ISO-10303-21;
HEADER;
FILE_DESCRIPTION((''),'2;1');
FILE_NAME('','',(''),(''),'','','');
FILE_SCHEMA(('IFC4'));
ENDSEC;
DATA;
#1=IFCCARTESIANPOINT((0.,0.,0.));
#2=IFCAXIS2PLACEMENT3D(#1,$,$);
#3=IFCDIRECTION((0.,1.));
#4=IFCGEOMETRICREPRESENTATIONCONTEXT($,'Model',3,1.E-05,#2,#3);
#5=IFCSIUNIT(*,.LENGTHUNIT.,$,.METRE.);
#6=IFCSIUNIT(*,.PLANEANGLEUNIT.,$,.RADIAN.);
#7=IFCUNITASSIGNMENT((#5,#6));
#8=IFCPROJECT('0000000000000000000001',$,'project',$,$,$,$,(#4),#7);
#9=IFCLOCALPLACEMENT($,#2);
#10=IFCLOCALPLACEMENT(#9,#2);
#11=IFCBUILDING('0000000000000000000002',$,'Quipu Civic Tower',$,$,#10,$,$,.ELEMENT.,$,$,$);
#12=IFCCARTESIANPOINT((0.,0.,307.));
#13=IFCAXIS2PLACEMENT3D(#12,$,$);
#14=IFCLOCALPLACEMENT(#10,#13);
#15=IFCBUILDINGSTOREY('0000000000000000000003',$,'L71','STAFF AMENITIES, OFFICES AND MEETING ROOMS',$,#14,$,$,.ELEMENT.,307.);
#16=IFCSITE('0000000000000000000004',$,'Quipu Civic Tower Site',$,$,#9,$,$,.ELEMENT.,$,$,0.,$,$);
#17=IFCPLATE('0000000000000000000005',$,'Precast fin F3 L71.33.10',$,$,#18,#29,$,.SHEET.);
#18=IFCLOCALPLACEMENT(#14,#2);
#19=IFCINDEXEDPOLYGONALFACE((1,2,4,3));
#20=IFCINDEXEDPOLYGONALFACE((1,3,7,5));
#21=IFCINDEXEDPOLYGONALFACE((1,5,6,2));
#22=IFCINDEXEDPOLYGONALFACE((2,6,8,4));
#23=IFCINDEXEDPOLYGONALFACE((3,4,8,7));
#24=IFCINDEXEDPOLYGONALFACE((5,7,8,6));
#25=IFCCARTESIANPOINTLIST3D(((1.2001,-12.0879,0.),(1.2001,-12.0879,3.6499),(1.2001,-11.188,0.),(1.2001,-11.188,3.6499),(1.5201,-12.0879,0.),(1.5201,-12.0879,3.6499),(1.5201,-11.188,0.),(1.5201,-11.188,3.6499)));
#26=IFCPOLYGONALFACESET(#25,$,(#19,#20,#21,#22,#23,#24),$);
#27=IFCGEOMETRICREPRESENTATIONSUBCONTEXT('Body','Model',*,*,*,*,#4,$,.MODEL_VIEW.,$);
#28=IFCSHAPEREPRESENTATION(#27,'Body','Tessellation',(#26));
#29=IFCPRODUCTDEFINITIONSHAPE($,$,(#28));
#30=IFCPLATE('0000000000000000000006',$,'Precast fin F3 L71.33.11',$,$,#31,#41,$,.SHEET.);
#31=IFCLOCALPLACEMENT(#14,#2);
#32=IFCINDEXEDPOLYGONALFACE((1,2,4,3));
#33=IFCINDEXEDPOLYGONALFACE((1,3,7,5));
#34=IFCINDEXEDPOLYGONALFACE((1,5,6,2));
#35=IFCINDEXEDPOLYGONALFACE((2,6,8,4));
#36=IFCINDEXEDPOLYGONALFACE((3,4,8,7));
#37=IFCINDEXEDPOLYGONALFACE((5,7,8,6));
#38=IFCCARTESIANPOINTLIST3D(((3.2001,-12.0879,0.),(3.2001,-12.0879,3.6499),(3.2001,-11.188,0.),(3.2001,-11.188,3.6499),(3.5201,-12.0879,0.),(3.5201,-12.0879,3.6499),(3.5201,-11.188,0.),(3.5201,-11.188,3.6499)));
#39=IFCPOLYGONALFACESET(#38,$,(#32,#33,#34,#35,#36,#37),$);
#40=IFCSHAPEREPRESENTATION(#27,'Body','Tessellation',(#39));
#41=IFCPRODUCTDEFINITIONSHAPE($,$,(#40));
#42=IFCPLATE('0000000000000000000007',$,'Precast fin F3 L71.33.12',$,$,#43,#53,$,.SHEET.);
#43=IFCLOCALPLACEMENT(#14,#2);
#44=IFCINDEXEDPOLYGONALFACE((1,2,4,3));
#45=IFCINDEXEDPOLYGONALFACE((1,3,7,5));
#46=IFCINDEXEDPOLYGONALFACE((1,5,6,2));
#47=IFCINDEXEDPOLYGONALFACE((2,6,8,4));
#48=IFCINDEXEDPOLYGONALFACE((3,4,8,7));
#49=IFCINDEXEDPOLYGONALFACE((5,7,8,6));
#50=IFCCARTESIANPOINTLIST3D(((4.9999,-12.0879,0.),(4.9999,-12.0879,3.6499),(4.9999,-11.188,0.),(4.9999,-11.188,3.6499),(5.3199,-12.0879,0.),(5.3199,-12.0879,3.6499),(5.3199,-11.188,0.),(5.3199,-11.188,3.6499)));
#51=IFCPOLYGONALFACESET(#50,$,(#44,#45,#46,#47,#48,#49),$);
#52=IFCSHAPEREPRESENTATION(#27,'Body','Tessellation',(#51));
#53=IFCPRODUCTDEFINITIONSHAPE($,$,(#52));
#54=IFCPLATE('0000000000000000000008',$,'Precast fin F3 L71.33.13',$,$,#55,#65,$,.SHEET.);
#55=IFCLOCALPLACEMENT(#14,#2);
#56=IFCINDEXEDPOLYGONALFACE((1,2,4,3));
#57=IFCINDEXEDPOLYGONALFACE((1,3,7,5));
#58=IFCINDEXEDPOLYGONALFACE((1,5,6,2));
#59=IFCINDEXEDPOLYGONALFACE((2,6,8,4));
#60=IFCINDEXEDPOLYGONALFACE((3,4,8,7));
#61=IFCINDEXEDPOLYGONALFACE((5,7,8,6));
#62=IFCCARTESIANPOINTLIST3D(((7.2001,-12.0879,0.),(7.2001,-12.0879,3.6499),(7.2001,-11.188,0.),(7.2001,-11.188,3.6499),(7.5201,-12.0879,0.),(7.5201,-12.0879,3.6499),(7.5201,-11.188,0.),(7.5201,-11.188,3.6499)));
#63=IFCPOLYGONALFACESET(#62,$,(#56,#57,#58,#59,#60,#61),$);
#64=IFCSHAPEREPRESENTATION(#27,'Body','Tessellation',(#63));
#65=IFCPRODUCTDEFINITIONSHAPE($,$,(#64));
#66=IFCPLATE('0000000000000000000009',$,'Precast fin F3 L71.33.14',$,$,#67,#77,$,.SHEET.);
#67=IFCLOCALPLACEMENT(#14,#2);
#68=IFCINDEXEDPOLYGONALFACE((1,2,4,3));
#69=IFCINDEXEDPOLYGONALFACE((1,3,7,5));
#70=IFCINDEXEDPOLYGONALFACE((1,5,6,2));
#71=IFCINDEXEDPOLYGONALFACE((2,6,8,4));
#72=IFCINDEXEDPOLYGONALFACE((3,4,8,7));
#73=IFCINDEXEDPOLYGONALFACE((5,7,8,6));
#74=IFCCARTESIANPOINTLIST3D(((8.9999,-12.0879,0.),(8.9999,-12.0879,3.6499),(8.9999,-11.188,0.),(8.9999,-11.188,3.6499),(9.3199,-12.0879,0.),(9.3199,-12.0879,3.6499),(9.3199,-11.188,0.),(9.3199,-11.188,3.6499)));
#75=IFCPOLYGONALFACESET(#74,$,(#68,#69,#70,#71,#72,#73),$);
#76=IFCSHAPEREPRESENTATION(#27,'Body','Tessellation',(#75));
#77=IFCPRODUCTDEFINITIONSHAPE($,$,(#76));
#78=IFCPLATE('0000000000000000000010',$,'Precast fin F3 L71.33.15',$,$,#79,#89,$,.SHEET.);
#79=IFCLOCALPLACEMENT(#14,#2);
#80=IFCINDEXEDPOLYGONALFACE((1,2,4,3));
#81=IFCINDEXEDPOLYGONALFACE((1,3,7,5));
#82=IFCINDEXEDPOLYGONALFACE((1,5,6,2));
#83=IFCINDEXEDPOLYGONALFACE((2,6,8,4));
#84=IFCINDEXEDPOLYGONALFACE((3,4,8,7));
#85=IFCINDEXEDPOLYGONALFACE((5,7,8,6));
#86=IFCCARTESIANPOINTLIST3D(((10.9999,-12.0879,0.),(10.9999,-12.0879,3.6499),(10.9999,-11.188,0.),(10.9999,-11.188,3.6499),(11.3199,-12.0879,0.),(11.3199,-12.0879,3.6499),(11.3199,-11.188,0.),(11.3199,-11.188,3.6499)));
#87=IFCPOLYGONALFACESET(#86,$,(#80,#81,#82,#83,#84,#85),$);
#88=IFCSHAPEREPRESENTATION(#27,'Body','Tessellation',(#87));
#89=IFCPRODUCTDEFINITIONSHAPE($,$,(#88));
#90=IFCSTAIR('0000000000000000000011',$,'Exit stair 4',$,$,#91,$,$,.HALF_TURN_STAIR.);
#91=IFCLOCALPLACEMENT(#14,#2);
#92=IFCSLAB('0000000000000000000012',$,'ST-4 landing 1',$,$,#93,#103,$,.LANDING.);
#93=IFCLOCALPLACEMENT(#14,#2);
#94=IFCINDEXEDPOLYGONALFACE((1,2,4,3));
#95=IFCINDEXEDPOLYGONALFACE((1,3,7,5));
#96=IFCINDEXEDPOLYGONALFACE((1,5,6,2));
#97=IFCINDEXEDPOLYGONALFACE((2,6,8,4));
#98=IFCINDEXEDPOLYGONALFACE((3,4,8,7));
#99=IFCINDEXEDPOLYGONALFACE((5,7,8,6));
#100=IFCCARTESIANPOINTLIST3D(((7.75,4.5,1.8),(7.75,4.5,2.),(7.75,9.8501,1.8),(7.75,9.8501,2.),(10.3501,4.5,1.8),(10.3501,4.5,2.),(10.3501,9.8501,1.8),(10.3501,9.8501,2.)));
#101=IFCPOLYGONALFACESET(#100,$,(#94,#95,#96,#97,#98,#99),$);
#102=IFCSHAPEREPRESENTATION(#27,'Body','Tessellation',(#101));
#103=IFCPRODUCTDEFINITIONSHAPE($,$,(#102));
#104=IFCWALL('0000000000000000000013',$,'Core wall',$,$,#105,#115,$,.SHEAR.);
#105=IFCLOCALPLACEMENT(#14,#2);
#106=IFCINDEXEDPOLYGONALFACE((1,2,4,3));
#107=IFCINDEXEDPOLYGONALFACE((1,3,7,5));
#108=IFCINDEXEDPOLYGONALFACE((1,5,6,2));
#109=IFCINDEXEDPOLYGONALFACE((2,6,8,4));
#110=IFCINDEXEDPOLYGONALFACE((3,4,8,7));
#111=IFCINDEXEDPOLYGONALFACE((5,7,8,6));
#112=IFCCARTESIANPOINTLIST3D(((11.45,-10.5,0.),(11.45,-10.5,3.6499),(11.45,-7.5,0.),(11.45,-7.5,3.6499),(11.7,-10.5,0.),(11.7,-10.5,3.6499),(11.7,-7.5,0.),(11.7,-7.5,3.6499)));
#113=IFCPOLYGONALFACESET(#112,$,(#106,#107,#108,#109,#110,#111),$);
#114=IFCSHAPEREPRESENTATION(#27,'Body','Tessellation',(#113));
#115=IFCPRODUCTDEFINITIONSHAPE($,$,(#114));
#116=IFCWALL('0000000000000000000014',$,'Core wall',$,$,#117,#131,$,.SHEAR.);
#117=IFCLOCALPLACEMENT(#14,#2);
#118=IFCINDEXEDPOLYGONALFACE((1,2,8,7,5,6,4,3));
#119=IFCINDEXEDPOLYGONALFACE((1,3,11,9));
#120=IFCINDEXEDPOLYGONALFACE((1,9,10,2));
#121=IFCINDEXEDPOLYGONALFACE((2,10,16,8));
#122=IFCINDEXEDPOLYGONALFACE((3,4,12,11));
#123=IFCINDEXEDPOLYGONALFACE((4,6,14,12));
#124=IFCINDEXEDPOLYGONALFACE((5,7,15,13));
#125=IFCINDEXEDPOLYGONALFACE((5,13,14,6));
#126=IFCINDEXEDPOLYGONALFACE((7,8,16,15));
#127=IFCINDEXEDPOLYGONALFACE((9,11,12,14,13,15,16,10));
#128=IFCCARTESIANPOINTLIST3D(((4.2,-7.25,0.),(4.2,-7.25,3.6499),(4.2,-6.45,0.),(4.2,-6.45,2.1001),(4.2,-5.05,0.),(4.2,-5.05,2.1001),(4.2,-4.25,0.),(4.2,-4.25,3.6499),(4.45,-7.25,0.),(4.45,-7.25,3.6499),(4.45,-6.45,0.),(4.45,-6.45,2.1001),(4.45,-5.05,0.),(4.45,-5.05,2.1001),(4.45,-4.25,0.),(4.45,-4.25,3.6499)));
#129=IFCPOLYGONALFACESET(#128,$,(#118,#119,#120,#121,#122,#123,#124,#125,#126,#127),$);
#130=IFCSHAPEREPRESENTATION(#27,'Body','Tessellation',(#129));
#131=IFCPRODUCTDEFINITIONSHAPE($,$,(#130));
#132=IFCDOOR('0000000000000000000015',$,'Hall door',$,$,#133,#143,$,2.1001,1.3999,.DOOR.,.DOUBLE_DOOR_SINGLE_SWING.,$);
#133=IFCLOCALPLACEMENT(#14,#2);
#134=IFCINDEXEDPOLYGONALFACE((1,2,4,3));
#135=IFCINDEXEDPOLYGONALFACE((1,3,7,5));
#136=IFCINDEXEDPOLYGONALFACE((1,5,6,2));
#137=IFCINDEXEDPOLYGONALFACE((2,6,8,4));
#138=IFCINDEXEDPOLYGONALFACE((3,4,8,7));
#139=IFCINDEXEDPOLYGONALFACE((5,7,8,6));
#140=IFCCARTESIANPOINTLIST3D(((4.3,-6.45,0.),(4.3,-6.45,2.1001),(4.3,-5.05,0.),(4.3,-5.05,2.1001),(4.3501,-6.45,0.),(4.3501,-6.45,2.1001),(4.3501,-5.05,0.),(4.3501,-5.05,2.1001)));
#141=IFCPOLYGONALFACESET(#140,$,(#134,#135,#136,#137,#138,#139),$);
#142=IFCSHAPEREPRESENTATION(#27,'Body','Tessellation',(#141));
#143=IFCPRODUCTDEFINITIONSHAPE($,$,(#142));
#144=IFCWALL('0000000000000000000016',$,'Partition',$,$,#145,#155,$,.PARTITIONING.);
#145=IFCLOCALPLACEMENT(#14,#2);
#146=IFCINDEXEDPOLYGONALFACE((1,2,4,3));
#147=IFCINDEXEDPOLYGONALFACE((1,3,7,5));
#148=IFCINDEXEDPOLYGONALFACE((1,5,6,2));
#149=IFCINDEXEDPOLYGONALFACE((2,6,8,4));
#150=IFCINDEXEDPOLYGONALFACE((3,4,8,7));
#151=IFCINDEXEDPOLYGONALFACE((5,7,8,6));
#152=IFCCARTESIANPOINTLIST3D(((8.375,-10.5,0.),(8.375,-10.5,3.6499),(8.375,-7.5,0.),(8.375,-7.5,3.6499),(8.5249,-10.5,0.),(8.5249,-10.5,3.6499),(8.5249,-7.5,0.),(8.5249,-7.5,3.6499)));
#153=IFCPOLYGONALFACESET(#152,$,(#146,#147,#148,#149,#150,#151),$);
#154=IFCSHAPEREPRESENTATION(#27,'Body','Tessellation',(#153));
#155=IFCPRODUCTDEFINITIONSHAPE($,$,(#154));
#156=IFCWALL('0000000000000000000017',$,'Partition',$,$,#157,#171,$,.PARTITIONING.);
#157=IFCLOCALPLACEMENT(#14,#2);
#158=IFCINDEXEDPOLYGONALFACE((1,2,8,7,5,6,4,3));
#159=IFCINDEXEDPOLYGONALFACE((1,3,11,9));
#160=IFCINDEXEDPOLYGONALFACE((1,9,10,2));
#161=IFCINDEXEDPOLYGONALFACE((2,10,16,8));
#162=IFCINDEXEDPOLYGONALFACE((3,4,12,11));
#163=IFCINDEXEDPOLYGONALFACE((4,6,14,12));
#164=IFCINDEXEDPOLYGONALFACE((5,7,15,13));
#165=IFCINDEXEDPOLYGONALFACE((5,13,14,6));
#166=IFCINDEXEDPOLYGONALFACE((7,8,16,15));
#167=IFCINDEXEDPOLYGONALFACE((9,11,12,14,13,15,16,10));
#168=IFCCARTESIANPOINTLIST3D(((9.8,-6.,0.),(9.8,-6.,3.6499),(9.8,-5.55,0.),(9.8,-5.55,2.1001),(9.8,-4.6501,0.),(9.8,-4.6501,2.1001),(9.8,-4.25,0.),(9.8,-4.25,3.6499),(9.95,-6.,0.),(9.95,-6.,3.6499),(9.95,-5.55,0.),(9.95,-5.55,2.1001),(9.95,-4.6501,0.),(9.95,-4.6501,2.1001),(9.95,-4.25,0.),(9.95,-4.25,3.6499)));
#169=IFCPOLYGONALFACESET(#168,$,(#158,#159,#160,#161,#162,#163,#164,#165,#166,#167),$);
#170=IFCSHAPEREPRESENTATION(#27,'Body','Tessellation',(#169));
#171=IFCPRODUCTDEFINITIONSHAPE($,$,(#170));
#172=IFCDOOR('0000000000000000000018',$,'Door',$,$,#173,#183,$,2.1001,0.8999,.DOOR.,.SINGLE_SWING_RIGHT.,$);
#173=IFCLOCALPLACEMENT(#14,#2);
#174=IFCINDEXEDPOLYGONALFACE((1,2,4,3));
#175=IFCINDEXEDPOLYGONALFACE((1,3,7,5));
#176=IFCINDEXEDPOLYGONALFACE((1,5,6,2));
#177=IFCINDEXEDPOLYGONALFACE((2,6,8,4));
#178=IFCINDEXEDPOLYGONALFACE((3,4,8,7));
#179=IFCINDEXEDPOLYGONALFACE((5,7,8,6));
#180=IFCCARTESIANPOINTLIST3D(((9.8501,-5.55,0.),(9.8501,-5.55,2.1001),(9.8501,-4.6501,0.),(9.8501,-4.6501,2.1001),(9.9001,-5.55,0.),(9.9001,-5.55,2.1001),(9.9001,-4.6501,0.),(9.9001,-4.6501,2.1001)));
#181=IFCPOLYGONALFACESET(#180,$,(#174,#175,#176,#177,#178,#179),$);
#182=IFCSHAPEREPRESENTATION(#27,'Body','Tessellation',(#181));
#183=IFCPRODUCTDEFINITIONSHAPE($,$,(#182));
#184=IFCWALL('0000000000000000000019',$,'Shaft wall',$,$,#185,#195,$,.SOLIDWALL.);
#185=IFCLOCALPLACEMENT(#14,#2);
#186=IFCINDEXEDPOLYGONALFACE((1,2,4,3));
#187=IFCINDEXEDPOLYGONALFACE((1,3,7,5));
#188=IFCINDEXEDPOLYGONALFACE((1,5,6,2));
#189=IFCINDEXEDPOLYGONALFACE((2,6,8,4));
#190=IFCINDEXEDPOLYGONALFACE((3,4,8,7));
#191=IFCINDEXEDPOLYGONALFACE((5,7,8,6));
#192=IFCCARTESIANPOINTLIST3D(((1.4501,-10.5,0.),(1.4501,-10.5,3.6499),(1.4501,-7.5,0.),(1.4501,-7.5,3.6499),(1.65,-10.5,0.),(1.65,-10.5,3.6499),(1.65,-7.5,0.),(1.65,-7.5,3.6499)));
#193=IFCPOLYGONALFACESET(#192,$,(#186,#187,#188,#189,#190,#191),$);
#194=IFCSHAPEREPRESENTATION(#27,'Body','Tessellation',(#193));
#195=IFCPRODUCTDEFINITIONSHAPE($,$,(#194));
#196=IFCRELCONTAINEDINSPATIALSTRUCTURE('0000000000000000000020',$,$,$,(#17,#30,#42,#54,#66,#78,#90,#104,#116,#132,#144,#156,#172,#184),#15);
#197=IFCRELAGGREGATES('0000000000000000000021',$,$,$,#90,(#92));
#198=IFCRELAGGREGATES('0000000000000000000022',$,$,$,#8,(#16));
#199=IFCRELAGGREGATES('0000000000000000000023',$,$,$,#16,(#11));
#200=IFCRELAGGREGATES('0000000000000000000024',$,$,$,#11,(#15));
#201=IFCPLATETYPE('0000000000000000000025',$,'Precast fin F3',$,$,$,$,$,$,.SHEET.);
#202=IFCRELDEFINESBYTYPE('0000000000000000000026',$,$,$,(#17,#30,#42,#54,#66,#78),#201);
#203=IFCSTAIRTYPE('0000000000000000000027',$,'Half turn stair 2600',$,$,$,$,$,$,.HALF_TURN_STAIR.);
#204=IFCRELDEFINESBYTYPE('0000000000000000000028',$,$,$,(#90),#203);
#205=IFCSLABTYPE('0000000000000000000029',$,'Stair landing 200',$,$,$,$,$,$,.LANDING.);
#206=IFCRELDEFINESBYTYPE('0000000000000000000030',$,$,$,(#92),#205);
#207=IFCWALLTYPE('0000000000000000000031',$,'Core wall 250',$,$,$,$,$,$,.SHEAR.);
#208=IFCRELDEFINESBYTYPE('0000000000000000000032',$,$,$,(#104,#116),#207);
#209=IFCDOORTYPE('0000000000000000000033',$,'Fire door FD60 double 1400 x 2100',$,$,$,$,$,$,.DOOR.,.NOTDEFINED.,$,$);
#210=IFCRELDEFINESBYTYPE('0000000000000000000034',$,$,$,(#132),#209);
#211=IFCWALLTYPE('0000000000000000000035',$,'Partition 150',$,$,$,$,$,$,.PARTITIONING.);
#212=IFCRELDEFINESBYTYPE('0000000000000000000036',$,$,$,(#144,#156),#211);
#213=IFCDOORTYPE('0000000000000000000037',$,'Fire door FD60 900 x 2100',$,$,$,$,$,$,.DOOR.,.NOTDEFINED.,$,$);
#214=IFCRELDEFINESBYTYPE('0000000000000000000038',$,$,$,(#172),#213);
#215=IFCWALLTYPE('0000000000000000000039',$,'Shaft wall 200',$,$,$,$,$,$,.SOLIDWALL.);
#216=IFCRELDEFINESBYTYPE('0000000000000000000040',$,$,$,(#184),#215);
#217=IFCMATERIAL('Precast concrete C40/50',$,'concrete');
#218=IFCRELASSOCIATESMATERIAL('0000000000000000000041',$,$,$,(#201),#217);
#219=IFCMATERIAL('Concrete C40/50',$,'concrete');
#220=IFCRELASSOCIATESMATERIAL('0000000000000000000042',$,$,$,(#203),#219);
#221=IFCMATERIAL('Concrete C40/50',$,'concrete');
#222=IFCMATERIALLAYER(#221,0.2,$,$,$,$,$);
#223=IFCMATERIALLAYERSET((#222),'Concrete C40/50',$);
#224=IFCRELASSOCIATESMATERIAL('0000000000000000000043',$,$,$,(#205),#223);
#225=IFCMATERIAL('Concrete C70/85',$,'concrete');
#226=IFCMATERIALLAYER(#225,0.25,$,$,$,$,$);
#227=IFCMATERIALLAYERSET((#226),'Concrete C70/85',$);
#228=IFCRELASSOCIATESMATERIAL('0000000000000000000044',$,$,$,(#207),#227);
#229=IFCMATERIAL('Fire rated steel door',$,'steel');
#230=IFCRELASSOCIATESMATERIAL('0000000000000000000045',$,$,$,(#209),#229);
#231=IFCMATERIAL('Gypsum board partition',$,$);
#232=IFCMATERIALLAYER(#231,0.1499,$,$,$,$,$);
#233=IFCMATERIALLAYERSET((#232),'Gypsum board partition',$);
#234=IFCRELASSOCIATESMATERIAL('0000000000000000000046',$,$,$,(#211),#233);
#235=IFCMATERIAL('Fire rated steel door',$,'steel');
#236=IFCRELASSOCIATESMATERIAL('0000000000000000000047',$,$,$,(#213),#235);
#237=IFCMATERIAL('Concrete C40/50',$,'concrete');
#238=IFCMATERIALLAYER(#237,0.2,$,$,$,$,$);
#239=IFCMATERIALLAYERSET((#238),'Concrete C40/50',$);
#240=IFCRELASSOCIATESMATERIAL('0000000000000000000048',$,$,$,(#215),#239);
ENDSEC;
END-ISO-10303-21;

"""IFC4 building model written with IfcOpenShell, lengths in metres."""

from ifc_helpers import new_model, si_unit, direction, frame, frame_2d, origin, origin_2d, place, context, subcontext, project, spatial, polyline, rectangle, outline, extrude, material, layer, layer_set, type_object, element, fill, aggregate, save


model = new_model("IFC4")

# Units and contexts
model_context = context("Model", 3, precision=1e-05, world=origin(), true_north=direction((0.0, 1.0)))
body_context = subcontext(model_context, "Body", "Model", "MODEL_VIEW")
ifc_project = project(units=[si_unit("LENGTHUNIT", "METRE"), si_unit("PLANEANGLEUNIT", "RADIAN")], contexts=[model_context])

# Site, building, storey
site_placement = place(None, origin())
site = spatial("IfcSite", under=ifc_project, at=site_placement, Name="Quipu Civic Tower Site", CompositionType="ELEMENT", RefElevation=0.0)
building_placement = place(site_placement, origin())
building = spatial("IfcBuilding", under=site, at=building_placement, Name="Quipu Civic Tower", CompositionType="ELEMENT")
storey_placement = place(building_placement, frame((0.0, 0.0, 307.0)))
storey = spatial("IfcBuildingStorey", under=building, at=storey_placement, Name="L71", Description="STAFF AMENITIES, OFFICES AND MEETING ROOMS", CompositionType="ELEMENT", Elevation=307.0)

# Plates
ifc_material_1 = material(Name="Precast concrete C40/50", Category="concrete")
plate_type = type_object("IfcPlateType", Name="Precast fin F3", PredefinedType="SHEET", material=ifc_material_1)
for number, where, z_axis, x_axis, name in (
    (1, (1.3601, -11.6379, 0.0), (0.0, 0.0, 1.0), (1.0, 0.0, 0.0), "Precast fin F3 L71.33.10"),
    (2, (3.3601, -11.6379, 0.0), (0.0, 0.0, 1.0), (1.0, 0.0, 0.0), "Precast fin F3 L71.33.11"),
    (3, (5.1599, -11.6379, 0.0), (0.0, 0.0, 1.0), (1.0, 0.0, 0.0), "Precast fin F3 L71.33.12"),
    (4, (7.3601, -11.6379, 0.0), (0.0, 0.0, 1.0), (1.0, 0.0, 0.0), "Precast fin F3 L71.33.13"),
    (5, (9.1599, -11.6379, 0.0), (0.0, 0.0, 1.0), (1.0, 0.0, 0.0), "Precast fin F3 L71.33.14"),
    (6, (11.1599, -11.6379, 0.0), (0.0, 0.0, 1.0), (1.0, 0.0, 0.0), "Precast fin F3 L71.33.15"),
):
    element("IfcPlate", number, at=place(storey_placement, frame(where, z_axis=z_axis, x_axis=x_axis)), inside=storey, type_object=plate_type, Name=name, PredefinedType="SHEET", context=body_context, shape_type="SweptSolid", body=[
        extrude(rectangle(XDim=0.3201, YDim=0.8999, at=origin_2d()), origin(), (0.0, 0.0, 1.0), 3.6499),
    ])

# Stair, slab
ifc_material_2 = material(Name="Concrete C40/50", Category="concrete")
stair_type = type_object("IfcStairType", Name="Half turn stair 2600", PredefinedType="HALF_TURN_STAIR", material=ifc_material_2)
stair_placement = place(storey_placement, origin())
stair = element("IfcStair", 7, at=stair_placement, inside=storey, type_object=stair_type, Name="Exit stair 4", PredefinedType="HALF_TURN_STAIR")
ifc_material_3 = material(Name="Concrete C40/50", Category="concrete")
ifc_layer_1 = layer(ifc_material_3, 0.2)
ifc_layer_set_1 = layer_set([ifc_layer_1], Name="Concrete C40/50")
slab_type = type_object("IfcSlabType", Name="Stair landing 200", PredefinedType="LANDING", material=ifc_layer_set_1)
slab_placement = place(storey_placement, frame((0.0, 0.0, 1.8)))
slab = element("IfcSlab", 8, at=slab_placement, type_object=slab_type, Name="ST-4 landing 1", PredefinedType="LANDING", context=body_context, shape_type="SweptSolid", body=[
    extrude(outline(polyline([(10.3501, 9.8501), (7.75, 9.8501), (7.75, 4.5), (10.3501, 4.5), (10.3501, 9.8501)])), origin(), (0.0, 0.0, 1.0), 0.2),
])
aggregate(stair, [slab])

# Wall
ifc_material_4 = material(Name="Concrete C70/85", Category="concrete")
ifc_layer_2 = layer(ifc_material_4, 0.25)
ifc_layer_set_2 = layer_set([ifc_layer_2], Name="Concrete C70/85")
wall_type_1 = type_object("IfcWallType", Name="Core wall 250", PredefinedType="SHEAR", material=ifc_layer_set_2)
wall_1_placement = place(storey_placement, frame((11.575, -10.5, 0.0), z_axis=(0.0, 0.0, 1.0), x_axis=(0.0, 1.0, 0.0)))
element("IfcWall", 9, at=wall_1_placement, inside=storey, type_object=wall_type_1, Name="Core wall", PredefinedType="SHEAR", context=body_context, shape_type="SweptSolid", body=[
    extrude(rectangle(XDim=3.0, YDim=0.25, at=frame_2d((1.5, 0.0))), origin(), (0.0, 0.0, 1.0), 3.6499),
])

# Wall, opening, door
wall_2_placement = place(storey_placement, frame((4.325, -7.25, 0.0), z_axis=(0.0, 0.0, 1.0), x_axis=(0.0, 1.0, 0.0)))
wall_2 = element("IfcWall", 10, at=wall_2_placement, inside=storey, type_object=wall_type_1, Name="Core wall", PredefinedType="SHEAR", context=body_context, shape_type="SweptSolid", body=[
    extrude(rectangle(XDim=3.0, YDim=0.25, at=frame_2d((1.5, 0.0))), origin(), (0.0, 0.0, 1.0), 3.6499),
])
opening_1_placement = place(wall_2_placement, frame((0.8, 0.0, 0.0)))
opening_1 = element("IfcOpeningElement", 11, at=opening_1_placement, cuts=wall_2, PredefinedType="OPENING", context=body_context, shape_type="SweptSolid", body=[
    extrude(rectangle(XDim=1.3999, YDim=2.1001, at=frame_2d((0.7, 1.05))), frame((0.0, 0.135, 0.0), z_axis=(0.0, -1.0, 0.0), x_axis=(1.0, 0.0, 0.0)), (0.0, 0.0, 1.0), 0.27),
])
ifc_material_5 = material(Name="Fire rated steel door", Category="steel")
door_type_1 = type_object("IfcDoorType", Name="Fire door FD60 double 1400 x 2100", OperationType="NOTDEFINED", PredefinedType="DOOR", material=ifc_material_5)
door_1_placement = place(opening_1_placement, origin())
door_1 = element("IfcDoor", 12, at=door_1_placement, inside=storey, type_object=door_type_1, Name="Hall door", OperationType="DOUBLE_DOOR_SINGLE_SWING", OverallHeight=2.1001, OverallWidth=1.3999, PredefinedType="DOOR", context=body_context, shape_type="SweptSolid", body=[
    extrude(rectangle(XDim=1.3999, YDim=2.1001, at=frame_2d((0.7, 1.05))), frame((0.0, 0.0249, 0.0), z_axis=(0.0, -1.0, 0.0), x_axis=(1.0, 0.0, 0.0)), (0.0, 0.0, 1.0), 0.05),
])
fill(opening_1, door_1)

# Wall
ifc_material_6 = material(Name="Gypsum board partition")
ifc_layer_3 = layer(ifc_material_6, 0.1499)
ifc_layer_set_3 = layer_set([ifc_layer_3], Name="Gypsum board partition")
wall_type_2 = type_object("IfcWallType", Name="Partition 150", PredefinedType="PARTITIONING", material=ifc_layer_set_3)
wall_3_placement = place(storey_placement, frame((8.45, -10.5, 0.0), z_axis=(0.0, 0.0, 1.0), x_axis=(0.0, 1.0, 0.0)))
element("IfcWall", 13, at=wall_3_placement, inside=storey, type_object=wall_type_2, Name="Partition", PredefinedType="PARTITIONING", context=body_context, shape_type="SweptSolid", body=[
    extrude(rectangle(XDim=3.0, YDim=0.1499, at=frame_2d((1.5, 0.0))), origin(), (0.0, 0.0, 1.0), 3.6499),
])

# Wall, opening, door
wall_4_placement = place(storey_placement, frame((9.875, -6.0, 0.0), z_axis=(0.0, 0.0, 1.0), x_axis=(0.0, 1.0, 0.0)))
wall_4 = element("IfcWall", 14, at=wall_4_placement, inside=storey, type_object=wall_type_2, Name="Partition", PredefinedType="PARTITIONING", context=body_context, shape_type="SweptSolid", body=[
    extrude(rectangle(XDim=1.75, YDim=0.1499, at=frame_2d((0.875, 0.0))), origin(), (0.0, 0.0, 1.0), 3.6499),
])
opening_2_placement = place(wall_4_placement, frame((0.45, 0.0, 0.0)))
opening_2 = element("IfcOpeningElement", 15, at=opening_2_placement, cuts=wall_4, PredefinedType="OPENING", context=body_context, shape_type="SweptSolid", body=[
    extrude(rectangle(XDim=0.8999, YDim=2.1001, at=frame_2d((0.45, 1.05))), frame((0.0, 0.085, 0.0), z_axis=(0.0, -1.0, 0.0), x_axis=(1.0, 0.0, 0.0)), (0.0, 0.0, 1.0), 0.1699),
])
ifc_material_7 = material(Name="Fire rated steel door", Category="steel")
door_type_2 = type_object("IfcDoorType", Name="Fire door FD60 900 x 2100", OperationType="NOTDEFINED", PredefinedType="DOOR", material=ifc_material_7)
door_2_placement = place(opening_2_placement, origin())
door_2 = element("IfcDoor", 16, at=door_2_placement, inside=storey, type_object=door_type_2, Name="Door", OperationType="SINGLE_SWING_RIGHT", OverallHeight=2.1001, OverallWidth=0.8999, PredefinedType="DOOR", context=body_context, shape_type="SweptSolid", body=[
    extrude(rectangle(XDim=0.8999, YDim=2.1001, at=frame_2d((0.45, 1.05))), frame((0.0, 0.0249, 0.0), z_axis=(0.0, -1.0, 0.0), x_axis=(1.0, 0.0, 0.0)), (0.0, 0.0, 1.0), 0.05),
])
fill(opening_2, door_2)

# Wall
ifc_material_8 = material(Name="Concrete C40/50", Category="concrete")
ifc_layer_4 = layer(ifc_material_8, 0.2)
ifc_layer_set_4 = layer_set([ifc_layer_4], Name="Concrete C40/50")
wall_type_3 = type_object("IfcWallType", Name="Shaft wall 200", PredefinedType="SOLIDWALL", material=ifc_layer_set_4)
wall_5_placement = place(storey_placement, frame((1.55, -10.5, 0.0), z_axis=(0.0, 0.0, 1.0), x_axis=(0.0, 1.0, 0.0)))
element("IfcWall", 17, at=wall_5_placement, inside=storey, type_object=wall_type_3, Name="Shaft wall", PredefinedType="SOLIDWALL", context=body_context, shape_type="SweptSolid", body=[
    extrude(rectangle(XDim=3.0, YDim=0.2, at=frame_2d((1.5, 0.0))), origin(), (0.0, 0.0, 1.0), 3.6499),
])

save(model, "model.ifc")
